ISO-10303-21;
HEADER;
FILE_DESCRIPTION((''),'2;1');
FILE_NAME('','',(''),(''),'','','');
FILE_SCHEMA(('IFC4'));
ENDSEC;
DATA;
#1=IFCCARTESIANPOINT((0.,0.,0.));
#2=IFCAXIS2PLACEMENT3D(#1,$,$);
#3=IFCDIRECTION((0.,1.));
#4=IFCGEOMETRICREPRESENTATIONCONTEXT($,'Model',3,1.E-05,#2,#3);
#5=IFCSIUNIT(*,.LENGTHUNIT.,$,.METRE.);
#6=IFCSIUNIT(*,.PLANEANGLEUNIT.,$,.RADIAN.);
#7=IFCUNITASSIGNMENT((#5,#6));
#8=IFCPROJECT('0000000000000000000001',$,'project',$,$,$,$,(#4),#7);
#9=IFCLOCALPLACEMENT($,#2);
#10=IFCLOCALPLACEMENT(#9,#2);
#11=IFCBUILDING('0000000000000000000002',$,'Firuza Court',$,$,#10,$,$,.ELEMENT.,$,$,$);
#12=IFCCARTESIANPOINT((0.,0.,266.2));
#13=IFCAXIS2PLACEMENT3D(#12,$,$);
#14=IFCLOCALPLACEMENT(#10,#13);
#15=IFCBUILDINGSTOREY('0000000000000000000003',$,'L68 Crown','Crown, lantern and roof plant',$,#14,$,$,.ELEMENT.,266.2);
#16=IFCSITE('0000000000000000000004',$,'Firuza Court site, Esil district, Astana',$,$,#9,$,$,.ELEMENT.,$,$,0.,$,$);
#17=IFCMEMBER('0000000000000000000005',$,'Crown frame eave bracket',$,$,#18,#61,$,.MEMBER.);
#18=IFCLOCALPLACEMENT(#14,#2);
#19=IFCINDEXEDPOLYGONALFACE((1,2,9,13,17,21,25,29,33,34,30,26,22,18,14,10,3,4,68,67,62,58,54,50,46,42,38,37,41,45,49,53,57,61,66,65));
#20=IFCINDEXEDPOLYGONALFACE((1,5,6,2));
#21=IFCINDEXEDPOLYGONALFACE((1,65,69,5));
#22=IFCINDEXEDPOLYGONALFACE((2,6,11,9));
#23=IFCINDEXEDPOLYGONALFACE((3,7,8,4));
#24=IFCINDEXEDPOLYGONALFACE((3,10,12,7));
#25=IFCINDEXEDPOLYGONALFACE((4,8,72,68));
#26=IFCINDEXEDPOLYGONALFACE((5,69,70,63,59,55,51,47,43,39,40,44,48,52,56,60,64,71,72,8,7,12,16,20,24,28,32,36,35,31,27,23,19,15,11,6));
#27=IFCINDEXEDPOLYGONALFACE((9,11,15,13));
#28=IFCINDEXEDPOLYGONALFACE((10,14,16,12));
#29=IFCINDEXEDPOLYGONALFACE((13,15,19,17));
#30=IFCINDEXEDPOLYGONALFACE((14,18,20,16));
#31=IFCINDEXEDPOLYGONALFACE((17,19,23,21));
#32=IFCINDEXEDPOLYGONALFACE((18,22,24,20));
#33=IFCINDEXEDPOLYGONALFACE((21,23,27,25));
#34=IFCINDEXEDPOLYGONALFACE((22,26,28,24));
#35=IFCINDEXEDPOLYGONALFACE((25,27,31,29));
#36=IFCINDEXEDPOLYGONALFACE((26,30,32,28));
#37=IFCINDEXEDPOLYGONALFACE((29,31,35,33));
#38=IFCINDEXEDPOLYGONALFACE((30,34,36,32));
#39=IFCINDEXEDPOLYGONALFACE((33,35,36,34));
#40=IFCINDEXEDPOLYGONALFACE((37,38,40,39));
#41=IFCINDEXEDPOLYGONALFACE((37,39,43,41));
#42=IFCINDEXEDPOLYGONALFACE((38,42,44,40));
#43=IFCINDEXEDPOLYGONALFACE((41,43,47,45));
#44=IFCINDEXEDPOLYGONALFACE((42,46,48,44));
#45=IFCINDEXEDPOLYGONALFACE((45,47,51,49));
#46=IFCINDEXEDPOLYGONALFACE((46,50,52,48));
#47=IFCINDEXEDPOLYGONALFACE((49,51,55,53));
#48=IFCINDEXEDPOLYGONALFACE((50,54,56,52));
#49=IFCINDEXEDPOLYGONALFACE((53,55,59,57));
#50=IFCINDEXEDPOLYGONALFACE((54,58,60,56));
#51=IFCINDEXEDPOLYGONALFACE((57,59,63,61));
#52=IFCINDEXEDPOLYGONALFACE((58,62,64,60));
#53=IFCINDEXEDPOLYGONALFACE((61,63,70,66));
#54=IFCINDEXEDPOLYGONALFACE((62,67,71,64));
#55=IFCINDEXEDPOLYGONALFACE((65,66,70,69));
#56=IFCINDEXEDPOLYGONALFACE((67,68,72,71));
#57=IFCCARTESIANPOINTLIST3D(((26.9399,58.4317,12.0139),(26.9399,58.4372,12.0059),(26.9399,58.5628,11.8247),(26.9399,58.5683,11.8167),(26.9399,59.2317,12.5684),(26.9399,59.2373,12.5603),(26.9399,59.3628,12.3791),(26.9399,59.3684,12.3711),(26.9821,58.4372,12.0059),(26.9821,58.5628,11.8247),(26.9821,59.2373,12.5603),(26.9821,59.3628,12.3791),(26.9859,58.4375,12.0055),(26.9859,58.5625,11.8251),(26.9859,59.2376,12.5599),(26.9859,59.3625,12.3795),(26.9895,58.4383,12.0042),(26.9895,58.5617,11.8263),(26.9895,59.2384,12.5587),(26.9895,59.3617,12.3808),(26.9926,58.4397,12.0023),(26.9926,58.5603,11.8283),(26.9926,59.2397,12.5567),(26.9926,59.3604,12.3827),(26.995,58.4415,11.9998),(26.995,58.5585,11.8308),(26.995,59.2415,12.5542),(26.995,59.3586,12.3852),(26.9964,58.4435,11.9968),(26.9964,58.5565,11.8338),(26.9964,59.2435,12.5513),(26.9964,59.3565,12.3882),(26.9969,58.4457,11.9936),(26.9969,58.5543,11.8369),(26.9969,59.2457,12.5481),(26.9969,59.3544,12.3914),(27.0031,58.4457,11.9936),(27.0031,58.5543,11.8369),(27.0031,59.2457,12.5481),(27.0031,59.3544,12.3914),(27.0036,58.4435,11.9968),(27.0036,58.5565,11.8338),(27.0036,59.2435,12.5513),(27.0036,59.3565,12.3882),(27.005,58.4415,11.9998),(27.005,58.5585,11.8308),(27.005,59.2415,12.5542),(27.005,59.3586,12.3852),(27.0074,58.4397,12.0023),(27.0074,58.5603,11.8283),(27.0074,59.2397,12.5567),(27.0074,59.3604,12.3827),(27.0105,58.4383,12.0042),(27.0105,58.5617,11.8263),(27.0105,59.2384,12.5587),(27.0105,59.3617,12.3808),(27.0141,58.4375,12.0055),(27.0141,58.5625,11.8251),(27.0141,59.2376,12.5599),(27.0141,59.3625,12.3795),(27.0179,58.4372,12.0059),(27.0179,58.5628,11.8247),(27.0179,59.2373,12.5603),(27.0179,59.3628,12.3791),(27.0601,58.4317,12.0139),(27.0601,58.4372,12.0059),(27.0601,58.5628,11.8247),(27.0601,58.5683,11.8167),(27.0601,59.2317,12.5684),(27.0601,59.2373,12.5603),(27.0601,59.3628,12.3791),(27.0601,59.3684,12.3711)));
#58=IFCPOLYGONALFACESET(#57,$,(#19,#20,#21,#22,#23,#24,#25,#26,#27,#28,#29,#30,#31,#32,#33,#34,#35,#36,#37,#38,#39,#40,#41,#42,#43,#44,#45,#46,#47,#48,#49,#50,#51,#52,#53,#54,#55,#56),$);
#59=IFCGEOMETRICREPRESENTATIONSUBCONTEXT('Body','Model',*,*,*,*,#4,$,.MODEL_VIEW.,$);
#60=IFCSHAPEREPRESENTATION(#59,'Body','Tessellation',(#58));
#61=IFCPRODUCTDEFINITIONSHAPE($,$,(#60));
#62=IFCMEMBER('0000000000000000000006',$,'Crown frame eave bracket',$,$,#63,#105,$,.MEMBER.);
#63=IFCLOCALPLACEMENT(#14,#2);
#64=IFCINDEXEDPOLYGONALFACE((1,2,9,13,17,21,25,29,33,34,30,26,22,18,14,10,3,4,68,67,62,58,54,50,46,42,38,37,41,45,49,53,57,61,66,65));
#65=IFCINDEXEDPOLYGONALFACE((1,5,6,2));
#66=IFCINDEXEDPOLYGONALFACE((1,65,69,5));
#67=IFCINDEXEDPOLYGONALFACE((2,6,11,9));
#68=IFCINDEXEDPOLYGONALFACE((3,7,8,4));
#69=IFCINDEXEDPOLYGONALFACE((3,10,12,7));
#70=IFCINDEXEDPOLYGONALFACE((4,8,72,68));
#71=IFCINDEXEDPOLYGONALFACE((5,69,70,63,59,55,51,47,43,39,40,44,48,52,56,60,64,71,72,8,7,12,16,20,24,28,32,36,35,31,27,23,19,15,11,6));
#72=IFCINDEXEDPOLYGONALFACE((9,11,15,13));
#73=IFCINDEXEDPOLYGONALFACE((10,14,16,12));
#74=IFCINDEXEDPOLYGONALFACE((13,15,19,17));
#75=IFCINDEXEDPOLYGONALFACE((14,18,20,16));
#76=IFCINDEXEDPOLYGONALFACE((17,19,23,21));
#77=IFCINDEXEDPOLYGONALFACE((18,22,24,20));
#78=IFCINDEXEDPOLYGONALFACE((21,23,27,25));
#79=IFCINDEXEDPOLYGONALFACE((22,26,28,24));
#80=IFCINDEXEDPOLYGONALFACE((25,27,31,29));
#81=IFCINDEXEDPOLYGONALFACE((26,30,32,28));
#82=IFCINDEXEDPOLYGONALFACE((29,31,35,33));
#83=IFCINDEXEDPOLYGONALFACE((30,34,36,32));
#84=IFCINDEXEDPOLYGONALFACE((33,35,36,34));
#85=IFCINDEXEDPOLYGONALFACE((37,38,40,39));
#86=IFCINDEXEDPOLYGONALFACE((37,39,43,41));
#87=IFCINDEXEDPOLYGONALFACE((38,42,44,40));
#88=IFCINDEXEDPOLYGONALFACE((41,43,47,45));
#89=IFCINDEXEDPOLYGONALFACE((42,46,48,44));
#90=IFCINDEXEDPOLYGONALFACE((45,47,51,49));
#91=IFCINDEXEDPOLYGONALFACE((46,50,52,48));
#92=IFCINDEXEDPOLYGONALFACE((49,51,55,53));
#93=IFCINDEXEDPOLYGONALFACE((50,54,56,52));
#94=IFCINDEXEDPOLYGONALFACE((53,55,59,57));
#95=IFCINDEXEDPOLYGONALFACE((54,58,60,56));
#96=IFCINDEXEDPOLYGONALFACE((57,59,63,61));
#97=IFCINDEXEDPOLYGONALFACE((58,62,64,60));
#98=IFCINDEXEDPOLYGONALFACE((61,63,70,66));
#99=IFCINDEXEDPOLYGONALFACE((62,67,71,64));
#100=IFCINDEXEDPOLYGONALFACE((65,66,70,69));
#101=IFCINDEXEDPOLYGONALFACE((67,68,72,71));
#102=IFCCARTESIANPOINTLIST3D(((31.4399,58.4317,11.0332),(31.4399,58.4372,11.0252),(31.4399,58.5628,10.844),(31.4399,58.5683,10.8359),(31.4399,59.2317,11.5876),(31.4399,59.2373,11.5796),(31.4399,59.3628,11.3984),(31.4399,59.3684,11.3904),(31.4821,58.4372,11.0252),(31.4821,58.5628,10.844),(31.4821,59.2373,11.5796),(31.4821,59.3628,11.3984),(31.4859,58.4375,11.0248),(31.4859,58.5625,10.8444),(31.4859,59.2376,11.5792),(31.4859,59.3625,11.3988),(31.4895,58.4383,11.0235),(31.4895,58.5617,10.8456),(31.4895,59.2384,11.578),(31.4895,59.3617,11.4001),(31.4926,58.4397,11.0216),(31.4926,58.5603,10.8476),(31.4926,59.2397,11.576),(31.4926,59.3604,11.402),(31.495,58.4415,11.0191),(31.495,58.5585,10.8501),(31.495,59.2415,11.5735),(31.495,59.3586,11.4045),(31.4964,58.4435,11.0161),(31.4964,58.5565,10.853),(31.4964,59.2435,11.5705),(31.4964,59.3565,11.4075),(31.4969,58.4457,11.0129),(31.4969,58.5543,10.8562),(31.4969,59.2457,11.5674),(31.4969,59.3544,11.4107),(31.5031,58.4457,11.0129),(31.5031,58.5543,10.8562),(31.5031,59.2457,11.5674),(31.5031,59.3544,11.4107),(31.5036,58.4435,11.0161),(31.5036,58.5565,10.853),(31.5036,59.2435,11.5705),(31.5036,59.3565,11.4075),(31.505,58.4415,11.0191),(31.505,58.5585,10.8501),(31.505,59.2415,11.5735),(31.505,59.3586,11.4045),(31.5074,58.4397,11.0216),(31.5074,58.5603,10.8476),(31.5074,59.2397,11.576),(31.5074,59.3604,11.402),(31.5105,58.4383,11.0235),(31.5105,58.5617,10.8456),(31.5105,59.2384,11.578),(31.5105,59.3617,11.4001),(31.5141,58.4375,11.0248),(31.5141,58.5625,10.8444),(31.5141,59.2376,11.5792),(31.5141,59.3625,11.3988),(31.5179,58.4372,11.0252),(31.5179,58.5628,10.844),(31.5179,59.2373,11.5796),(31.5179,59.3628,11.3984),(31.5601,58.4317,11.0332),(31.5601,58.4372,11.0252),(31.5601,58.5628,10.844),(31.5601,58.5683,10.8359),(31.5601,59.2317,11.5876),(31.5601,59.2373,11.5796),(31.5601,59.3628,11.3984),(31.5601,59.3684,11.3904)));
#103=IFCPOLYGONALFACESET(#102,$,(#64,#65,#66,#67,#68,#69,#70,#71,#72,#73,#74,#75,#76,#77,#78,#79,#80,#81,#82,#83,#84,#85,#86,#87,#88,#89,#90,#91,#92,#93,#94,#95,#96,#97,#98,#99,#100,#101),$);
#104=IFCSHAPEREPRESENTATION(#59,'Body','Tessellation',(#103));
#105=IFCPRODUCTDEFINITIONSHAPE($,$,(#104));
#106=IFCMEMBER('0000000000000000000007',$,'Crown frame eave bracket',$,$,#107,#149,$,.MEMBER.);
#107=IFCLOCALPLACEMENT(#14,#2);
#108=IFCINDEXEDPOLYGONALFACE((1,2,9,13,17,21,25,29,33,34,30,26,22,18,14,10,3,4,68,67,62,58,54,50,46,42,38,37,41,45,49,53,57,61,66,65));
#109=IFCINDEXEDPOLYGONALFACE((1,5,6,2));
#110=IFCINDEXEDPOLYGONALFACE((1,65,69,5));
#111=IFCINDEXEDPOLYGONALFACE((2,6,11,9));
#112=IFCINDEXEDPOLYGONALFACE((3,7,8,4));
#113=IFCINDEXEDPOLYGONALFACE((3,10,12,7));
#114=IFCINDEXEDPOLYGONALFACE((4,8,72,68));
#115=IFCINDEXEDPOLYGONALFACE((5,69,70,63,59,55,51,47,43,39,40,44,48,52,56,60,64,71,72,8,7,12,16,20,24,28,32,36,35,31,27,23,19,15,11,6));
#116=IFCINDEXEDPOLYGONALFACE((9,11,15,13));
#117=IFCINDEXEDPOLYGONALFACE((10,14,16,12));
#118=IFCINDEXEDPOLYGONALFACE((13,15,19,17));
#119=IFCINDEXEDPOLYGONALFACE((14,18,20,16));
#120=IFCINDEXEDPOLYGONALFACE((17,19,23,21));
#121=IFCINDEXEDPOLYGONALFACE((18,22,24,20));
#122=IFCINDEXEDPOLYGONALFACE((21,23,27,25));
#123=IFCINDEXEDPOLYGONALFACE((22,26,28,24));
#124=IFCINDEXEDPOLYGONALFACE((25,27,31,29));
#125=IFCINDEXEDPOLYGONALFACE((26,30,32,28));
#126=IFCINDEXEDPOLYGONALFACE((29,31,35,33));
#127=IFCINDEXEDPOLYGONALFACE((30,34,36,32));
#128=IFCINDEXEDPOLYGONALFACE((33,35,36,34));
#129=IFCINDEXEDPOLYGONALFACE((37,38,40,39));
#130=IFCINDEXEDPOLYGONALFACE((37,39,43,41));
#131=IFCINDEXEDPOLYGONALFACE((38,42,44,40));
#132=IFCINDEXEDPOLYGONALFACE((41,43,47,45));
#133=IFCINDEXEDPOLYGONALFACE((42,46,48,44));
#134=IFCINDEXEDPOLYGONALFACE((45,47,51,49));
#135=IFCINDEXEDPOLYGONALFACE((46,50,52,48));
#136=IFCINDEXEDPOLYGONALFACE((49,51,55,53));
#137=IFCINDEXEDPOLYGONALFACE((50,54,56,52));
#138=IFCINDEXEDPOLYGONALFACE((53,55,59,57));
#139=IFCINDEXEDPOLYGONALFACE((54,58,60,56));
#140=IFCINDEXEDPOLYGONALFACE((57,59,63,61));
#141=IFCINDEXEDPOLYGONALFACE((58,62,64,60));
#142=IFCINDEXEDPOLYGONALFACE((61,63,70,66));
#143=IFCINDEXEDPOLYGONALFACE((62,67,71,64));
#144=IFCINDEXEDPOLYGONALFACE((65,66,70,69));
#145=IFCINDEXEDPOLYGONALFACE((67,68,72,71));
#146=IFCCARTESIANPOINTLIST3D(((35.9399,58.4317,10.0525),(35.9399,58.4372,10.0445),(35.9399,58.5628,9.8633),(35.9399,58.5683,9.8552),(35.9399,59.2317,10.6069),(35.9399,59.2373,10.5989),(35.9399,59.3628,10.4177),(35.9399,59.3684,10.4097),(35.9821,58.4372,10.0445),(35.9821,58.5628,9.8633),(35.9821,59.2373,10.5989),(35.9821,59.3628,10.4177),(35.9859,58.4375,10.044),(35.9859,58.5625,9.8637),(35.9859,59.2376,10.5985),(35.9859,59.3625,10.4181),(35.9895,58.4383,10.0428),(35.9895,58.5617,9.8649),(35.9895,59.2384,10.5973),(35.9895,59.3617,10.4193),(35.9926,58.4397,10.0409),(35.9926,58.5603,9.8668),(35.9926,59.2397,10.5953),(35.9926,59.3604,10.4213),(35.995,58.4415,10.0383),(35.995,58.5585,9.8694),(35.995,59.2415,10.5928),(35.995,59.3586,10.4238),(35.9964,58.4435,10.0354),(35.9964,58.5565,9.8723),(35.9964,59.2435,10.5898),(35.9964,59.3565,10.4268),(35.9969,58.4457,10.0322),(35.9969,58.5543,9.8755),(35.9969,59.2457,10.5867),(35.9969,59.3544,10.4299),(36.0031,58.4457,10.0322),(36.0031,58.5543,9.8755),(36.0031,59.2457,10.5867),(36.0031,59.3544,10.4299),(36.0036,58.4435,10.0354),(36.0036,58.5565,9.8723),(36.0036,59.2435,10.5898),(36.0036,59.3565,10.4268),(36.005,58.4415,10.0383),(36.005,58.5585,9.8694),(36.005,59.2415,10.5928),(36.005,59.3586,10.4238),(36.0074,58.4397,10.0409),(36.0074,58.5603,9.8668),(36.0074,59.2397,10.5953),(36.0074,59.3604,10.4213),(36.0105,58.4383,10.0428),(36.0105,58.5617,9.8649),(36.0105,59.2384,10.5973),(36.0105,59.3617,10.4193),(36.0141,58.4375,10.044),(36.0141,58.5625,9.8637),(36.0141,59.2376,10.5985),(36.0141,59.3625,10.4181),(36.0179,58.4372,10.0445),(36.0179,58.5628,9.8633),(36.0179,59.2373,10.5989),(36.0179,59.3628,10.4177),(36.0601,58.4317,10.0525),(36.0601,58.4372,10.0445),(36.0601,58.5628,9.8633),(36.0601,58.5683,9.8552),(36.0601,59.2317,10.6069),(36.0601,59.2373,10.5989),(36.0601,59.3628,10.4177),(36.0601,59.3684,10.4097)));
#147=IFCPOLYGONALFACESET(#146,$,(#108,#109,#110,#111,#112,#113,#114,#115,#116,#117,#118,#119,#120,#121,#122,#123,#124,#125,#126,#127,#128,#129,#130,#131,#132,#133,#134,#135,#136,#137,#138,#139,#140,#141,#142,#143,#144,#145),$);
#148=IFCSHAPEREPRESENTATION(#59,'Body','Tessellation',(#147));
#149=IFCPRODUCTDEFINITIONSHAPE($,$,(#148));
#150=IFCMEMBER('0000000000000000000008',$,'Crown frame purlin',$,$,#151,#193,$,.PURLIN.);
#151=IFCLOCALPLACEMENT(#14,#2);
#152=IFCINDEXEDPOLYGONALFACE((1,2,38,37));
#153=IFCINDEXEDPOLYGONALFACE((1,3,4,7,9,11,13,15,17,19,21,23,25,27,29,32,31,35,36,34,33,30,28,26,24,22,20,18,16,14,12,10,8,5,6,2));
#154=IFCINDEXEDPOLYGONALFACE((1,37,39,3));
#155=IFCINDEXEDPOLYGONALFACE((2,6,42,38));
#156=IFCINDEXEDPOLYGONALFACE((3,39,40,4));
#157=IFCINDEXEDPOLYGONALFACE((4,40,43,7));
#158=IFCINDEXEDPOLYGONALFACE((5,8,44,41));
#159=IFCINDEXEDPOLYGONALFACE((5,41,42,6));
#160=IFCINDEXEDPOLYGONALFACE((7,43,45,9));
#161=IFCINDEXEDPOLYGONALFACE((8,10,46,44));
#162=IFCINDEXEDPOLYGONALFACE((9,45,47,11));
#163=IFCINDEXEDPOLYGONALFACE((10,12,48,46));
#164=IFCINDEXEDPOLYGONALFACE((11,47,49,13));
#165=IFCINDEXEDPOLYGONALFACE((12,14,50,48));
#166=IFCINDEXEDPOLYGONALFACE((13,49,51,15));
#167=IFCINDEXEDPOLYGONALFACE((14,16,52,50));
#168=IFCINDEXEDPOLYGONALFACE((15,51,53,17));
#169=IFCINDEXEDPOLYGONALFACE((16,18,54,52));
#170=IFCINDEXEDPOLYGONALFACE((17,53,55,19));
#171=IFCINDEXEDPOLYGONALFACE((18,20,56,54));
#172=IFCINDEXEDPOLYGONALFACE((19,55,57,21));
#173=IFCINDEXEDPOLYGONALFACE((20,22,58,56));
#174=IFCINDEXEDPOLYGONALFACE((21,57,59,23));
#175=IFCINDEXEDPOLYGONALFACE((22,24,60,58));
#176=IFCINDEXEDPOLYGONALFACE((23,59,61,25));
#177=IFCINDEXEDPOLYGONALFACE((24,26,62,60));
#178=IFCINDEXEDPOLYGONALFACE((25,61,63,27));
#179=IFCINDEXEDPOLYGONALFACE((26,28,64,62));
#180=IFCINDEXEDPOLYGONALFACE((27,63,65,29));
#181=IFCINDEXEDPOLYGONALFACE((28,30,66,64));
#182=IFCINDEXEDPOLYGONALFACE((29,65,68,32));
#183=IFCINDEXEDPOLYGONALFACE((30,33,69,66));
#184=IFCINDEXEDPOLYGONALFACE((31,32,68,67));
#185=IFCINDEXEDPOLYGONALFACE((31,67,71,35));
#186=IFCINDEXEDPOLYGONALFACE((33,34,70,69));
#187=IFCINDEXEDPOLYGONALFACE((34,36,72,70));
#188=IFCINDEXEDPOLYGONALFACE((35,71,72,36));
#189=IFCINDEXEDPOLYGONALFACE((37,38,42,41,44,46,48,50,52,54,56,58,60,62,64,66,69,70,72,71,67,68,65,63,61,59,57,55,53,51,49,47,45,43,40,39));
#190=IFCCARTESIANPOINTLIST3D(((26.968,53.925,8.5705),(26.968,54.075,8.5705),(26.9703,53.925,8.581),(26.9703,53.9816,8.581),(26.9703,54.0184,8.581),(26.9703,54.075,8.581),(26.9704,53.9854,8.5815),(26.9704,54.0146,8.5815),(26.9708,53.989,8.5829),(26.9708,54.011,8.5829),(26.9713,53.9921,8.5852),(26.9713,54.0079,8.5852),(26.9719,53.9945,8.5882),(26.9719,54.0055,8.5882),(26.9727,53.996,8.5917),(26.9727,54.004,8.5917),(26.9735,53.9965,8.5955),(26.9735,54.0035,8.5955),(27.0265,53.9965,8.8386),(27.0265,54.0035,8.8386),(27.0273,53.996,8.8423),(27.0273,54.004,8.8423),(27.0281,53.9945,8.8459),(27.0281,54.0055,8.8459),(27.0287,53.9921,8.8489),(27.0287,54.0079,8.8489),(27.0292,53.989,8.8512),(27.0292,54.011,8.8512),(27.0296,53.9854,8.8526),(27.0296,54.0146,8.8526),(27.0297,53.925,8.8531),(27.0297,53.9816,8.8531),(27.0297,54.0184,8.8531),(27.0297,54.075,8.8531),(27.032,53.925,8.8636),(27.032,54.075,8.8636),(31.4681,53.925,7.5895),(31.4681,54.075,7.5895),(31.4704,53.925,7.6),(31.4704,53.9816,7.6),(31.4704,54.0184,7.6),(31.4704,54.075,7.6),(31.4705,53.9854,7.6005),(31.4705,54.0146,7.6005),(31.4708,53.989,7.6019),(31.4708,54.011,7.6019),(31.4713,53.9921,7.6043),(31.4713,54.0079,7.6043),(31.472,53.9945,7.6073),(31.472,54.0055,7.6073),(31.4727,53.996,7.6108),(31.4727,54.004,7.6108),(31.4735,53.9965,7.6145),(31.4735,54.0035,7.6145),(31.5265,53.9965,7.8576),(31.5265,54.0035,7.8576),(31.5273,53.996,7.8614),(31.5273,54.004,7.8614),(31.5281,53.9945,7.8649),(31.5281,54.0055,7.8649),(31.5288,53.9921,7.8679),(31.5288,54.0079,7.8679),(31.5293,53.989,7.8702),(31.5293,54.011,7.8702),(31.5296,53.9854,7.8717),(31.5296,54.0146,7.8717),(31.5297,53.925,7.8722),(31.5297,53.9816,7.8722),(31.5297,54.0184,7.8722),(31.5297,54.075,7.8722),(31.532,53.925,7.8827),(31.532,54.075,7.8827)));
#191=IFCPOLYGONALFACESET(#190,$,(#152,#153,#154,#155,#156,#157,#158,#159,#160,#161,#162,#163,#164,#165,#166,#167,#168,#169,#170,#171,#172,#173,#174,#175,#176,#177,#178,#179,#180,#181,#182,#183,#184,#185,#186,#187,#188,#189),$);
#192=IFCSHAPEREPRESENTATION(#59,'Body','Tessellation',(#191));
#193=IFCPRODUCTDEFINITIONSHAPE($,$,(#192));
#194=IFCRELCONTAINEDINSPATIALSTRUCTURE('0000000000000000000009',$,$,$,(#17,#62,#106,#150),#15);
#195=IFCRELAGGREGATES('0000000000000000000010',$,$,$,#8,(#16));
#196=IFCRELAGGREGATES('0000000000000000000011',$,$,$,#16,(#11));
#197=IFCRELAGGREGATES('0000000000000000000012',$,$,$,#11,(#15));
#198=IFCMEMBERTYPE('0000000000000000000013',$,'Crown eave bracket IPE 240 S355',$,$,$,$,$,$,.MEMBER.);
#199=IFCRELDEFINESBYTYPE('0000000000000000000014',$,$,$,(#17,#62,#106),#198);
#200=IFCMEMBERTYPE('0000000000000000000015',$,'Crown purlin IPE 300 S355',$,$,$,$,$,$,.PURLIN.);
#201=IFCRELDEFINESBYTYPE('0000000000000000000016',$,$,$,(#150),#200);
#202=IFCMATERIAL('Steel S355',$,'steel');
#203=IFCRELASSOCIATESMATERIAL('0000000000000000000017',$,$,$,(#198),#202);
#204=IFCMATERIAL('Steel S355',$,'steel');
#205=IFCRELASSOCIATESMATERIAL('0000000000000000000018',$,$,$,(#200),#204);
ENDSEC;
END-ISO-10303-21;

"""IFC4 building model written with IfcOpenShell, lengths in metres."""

from ifc_helpers import new_model, si_unit, direction, frame, origin, origin_2d, place, context, subcontext, project, spatial, i_section, extrude, material, material_profile, profile_set, type_object, element, save


model = new_model("IFC4")

# Units and contexts
model_context = context("Model", 3, precision=1e-05, world=origin(), true_north=direction((0.0, 1.0)))
body_context = subcontext(model_context, "Body", "Model", "MODEL_VIEW")
ifc_project = project(units=[si_unit("LENGTHUNIT", "METRE"), si_unit("PLANEANGLEUNIT", "RADIAN")], contexts=[model_context])

# Site, building, storey
site_placement = place(None, origin())
site = spatial("IfcSite", under=ifc_project, at=site_placement, Name="Firuza Court site, Esil district, Astana", CompositionType="ELEMENT", RefElevation=0.0)
building_placement = place(site_placement, origin())
building = spatial("IfcBuilding", under=site, at=building_placement, Name="Firuza Court", CompositionType="ELEMENT")
storey_placement = place(building_placement, frame((0.0, 0.0, 266.2)))
storey = spatial("IfcBuildingStorey", under=building, at=storey_placement, Name="L68 Crown", Description="Crown, lantern and roof plant", CompositionType="ELEMENT", Elevation=266.2)

# Members
ifc_material_1 = material(Name="Steel S355", Category="steel")
ifc_material_profile_1 = material_profile(ifc_material_1, i_section(OverallWidth=0.1201, OverallDepth=0.24, WebThickness=0.0061, FlangeThickness=0.0098, FilletRadius=0.0149, at=origin_2d()), Name="IPE 240")
ifc_profile_set_1 = profile_set([ifc_material_profile_1], Name="Steel S355")
member_type_1 = type_object("IfcMemberType", Name="Crown eave bracket IPE 240 S355", PredefinedType="MEMBER", material=ifc_profile_set_1)
for number, where, z_axis, x_axis, name in (
    (1, (27.0, 58.5, 11.9153), (0.0, 0.821921, 0.569601), (-1.0, 0.0, 0.0), "Crown frame eave bracket"),
    (2, (31.5, 58.5, 10.9346), (0.0, 0.821921, 0.569601), (-1.0, 0.0, 0.0), "Crown frame eave bracket"),
    (3, (36.0, 58.5, 9.9539), (0.0, 0.821921, 0.569601), (-1.0, 0.0, 0.0), "Crown frame eave bracket"),
):
    element("IfcMember", number, at=place(storey_placement, frame(where, z_axis=z_axis, x_axis=x_axis)), inside=storey, type_object=member_type_1, Name=name, PredefinedType="MEMBER", context=body_context, shape_type="SweptSolid", body=[
        extrude(i_section(OverallWidth=0.1201, OverallDepth=0.24, WebThickness=0.0061, FlangeThickness=0.0098, FilletRadius=0.0149, at=origin_2d()), origin(), (0.0, 0.0, 1.0), 0.9734),
    ])
ifc_material_2 = material(Name="Steel S355", Category="steel")
ifc_material_profile_2 = material_profile(ifc_material_2, i_section(OverallWidth=0.1499, OverallDepth=0.3, WebThickness=0.0071, FlangeThickness=0.0107, FilletRadius=0.0149, at=origin_2d()), Name="IPE 300")
ifc_profile_set_2 = profile_set([ifc_material_profile_2], Name="Steel S355")
member_type_2 = type_object("IfcMemberType", Name="Crown purlin IPE 300 S355", PredefinedType="PURLIN", material=ifc_profile_set_2)
for number, where, z_axis, x_axis, name in (
    (4, (27.0, 54.0, 8.717), (0.977055, 0.0, -0.212989), (0.0, 1.0, 0.0), "Crown frame purlin"),
):
    element("IfcMember", number, at=place(storey_placement, frame(where, z_axis=z_axis, x_axis=x_axis)), inside=storey, type_object=member_type_2, Name=name, PredefinedType="PURLIN", context=body_context, shape_type="SweptSolid", body=[
        extrude(i_section(OverallWidth=0.1499, OverallDepth=0.3, WebThickness=0.0071, FlangeThickness=0.0107, FilletRadius=0.0149, at=origin_2d()), origin(), (0.0, 0.0, 1.0), 4.6057),
    ])

save(model, "model.ifc")
